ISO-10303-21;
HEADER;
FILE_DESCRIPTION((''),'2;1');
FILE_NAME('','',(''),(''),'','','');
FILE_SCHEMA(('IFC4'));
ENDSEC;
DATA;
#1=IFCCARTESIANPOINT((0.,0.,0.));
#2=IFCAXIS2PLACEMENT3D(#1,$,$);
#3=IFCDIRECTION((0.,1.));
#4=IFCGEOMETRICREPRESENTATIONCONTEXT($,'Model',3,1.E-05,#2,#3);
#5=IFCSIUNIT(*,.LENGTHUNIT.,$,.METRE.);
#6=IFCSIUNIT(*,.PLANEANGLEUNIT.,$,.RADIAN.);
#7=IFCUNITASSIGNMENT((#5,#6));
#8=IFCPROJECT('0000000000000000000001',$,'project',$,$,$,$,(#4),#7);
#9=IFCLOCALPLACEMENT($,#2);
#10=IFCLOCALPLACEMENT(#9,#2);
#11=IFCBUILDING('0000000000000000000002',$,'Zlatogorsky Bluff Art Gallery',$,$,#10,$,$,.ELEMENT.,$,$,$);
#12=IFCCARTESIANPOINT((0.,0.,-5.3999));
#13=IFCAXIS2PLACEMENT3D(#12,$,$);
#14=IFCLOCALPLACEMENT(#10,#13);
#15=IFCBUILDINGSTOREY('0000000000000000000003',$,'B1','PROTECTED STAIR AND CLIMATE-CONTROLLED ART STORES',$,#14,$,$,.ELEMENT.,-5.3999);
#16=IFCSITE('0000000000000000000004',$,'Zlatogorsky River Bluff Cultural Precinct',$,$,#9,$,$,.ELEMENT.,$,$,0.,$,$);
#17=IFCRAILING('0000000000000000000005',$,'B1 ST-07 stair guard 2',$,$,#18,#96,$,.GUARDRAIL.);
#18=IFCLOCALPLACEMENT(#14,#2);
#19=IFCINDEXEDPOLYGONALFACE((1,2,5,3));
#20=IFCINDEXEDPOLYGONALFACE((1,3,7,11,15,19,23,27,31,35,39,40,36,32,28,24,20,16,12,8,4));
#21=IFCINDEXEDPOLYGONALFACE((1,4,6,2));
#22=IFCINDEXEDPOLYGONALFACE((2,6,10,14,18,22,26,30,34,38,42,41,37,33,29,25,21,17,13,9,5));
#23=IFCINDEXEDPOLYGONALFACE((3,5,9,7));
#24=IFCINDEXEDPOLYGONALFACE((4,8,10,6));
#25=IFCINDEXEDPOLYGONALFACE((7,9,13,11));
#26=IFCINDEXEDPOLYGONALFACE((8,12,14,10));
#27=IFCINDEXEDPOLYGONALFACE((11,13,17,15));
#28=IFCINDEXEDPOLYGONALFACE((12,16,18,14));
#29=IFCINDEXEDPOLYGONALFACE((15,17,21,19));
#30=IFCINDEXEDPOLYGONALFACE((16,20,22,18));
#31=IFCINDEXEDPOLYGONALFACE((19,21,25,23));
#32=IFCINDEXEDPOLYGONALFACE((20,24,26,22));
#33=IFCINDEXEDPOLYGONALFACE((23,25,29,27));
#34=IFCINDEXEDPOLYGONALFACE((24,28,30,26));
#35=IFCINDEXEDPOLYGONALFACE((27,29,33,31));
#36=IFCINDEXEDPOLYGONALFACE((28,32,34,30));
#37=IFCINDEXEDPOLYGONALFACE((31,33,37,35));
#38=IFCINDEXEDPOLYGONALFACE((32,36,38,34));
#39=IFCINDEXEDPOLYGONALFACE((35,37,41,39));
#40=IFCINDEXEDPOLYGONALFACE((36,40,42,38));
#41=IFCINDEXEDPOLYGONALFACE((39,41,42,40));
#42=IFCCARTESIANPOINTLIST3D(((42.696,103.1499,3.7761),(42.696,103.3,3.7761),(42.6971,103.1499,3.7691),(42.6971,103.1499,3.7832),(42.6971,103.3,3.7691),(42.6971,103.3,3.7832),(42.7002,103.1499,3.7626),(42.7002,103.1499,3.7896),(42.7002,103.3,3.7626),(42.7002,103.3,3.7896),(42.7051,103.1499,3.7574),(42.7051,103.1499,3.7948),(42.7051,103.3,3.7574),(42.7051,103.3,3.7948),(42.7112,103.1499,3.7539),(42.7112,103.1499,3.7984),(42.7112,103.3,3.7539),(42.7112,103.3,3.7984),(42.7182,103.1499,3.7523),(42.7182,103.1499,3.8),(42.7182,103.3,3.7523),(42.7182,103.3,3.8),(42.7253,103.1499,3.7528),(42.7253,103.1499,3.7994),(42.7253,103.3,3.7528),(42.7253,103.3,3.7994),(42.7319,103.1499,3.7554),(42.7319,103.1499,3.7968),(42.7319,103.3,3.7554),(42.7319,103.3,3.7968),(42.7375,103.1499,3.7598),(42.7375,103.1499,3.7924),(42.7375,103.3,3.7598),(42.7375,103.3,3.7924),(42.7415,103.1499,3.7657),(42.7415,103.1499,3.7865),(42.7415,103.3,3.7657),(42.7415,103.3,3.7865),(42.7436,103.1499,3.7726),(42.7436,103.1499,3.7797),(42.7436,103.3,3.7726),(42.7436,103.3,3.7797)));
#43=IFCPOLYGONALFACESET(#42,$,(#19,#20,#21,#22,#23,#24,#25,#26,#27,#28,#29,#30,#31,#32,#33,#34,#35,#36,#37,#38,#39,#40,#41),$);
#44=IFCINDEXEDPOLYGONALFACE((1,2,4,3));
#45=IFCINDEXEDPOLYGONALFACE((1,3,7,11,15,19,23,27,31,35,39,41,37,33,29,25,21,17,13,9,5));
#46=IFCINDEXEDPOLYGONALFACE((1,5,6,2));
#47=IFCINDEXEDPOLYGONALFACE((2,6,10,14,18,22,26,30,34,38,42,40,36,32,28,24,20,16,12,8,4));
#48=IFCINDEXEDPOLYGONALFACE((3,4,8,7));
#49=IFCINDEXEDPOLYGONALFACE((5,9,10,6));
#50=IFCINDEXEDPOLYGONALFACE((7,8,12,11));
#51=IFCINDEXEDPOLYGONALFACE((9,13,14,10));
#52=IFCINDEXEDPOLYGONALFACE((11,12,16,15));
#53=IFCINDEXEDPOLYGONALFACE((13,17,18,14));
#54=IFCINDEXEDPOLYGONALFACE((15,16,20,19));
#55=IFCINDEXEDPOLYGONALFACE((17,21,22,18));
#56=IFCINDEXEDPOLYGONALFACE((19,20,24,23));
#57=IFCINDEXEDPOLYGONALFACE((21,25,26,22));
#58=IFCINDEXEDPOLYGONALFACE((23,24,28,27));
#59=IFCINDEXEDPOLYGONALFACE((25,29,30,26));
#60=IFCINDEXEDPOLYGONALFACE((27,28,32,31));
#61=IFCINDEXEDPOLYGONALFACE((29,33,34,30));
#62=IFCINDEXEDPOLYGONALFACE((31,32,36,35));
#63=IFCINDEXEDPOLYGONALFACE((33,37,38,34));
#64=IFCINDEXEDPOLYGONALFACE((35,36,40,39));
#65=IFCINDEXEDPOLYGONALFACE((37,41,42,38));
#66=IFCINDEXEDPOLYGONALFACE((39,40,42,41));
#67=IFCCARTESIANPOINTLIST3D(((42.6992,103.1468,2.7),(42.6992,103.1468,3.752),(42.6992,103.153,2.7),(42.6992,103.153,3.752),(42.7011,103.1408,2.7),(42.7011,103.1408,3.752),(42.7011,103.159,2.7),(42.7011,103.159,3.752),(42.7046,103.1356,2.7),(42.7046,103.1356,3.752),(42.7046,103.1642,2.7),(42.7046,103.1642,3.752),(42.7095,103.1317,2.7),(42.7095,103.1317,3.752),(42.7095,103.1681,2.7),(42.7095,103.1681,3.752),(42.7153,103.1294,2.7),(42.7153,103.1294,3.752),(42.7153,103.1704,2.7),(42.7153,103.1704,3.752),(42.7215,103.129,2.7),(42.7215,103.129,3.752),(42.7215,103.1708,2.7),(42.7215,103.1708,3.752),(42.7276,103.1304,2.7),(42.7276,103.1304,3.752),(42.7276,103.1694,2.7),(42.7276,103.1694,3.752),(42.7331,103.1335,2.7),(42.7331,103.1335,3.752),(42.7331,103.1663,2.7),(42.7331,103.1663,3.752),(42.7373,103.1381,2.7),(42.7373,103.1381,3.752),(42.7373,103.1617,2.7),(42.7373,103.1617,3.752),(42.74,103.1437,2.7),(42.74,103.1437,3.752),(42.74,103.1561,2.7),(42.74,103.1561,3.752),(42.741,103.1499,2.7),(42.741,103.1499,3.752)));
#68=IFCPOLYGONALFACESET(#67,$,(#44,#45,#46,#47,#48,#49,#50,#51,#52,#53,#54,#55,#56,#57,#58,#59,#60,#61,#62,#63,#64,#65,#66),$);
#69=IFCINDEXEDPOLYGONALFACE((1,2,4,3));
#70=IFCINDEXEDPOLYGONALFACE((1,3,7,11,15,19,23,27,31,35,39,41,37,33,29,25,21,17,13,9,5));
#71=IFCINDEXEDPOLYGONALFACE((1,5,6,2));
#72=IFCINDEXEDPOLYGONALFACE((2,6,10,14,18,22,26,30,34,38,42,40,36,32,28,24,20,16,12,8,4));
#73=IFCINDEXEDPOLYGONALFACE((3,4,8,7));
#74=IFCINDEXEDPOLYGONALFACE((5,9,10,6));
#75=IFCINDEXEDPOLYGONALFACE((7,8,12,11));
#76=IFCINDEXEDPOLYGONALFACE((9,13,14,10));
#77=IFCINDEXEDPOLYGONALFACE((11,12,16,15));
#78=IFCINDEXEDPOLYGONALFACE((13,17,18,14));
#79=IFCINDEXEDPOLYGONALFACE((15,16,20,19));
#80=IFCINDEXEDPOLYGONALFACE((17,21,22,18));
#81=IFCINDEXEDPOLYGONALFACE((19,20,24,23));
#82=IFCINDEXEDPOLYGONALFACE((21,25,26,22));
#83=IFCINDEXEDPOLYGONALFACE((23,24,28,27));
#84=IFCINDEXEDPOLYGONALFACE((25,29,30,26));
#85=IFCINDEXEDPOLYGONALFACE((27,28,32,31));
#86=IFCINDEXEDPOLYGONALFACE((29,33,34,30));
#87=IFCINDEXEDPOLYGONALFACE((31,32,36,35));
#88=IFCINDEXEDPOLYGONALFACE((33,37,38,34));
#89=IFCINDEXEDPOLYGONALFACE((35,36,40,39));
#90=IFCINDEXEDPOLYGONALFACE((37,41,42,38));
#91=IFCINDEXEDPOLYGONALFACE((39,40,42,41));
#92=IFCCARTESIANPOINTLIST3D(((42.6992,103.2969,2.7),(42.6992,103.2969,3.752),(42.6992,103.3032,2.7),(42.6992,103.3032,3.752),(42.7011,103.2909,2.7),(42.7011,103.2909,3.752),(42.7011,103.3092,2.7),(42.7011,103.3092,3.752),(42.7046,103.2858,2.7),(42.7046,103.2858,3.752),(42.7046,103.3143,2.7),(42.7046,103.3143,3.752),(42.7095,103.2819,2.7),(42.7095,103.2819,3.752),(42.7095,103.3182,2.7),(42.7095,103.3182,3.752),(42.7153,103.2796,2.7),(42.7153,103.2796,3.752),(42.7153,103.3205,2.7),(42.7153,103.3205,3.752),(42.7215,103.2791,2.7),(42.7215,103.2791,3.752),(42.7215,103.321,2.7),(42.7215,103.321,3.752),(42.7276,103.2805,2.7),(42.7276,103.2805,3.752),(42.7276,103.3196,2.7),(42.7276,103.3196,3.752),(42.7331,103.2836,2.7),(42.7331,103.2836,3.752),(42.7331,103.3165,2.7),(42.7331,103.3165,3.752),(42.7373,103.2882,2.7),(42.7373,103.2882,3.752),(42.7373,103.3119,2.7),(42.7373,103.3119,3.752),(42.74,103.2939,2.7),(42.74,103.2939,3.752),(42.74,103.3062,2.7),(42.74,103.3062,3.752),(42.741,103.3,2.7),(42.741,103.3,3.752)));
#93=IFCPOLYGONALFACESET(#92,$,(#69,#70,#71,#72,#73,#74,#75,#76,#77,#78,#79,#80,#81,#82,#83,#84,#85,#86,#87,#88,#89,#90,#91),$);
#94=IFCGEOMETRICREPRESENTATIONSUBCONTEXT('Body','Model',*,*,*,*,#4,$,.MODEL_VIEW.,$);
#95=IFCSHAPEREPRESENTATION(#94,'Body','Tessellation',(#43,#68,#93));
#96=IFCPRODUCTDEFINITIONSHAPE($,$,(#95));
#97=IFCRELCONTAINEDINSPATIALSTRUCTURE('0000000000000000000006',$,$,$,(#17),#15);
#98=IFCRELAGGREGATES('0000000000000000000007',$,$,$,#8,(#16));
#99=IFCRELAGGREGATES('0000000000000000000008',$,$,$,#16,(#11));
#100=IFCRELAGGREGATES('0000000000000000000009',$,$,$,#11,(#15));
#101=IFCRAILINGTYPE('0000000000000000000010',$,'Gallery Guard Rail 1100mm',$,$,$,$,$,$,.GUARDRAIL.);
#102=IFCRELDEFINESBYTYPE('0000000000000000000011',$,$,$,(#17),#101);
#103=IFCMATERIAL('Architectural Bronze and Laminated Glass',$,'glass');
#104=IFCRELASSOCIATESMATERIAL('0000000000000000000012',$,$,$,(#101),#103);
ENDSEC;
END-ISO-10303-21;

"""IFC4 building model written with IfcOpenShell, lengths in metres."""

from ifc_helpers import new_model, si_unit, direction, frame, origin, origin_2d, place, context, subcontext, project, spatial, circle, extrude, material, type_object, element, save


model = new_model("IFC4")

# Units and contexts
model_context = context("Model", 3, precision=1e-05, world=origin(), true_north=direction((0.0, 1.0)))
body_context = subcontext(model_context, "Body", "Model", "MODEL_VIEW")
ifc_project = project(units=[si_unit("LENGTHUNIT", "METRE"), si_unit("PLANEANGLEUNIT", "RADIAN")], contexts=[model_context])

# Site, building, storey
site_placement = place(None, origin())
site = spatial("IfcSite", under=ifc_project, at=site_placement, Name="Zlatogorsky River Bluff Cultural Precinct", CompositionType="ELEMENT", RefElevation=0.0)
building_placement = place(site_placement, origin())
building = spatial("IfcBuilding", under=site, at=building_placement, Name="Zlatogorsky Bluff Art Gallery", CompositionType="ELEMENT")
storey_placement = place(building_placement, frame((0.0, 0.0, -5.3999)))
storey = spatial("IfcBuildingStorey", under=building, at=storey_placement, Name="B1", Description="PROTECTED STAIR AND CLIMATE-CONTROLLED ART STORES", CompositionType="ELEMENT", Elevation=-5.3999)

# Railing
ifc_material_1 = material(Name="Architectural Bronze and Laminated Glass", Category="glass")
railing_type_1 = type_object("IfcRailingType", Name="Gallery Guard Rail 1100mm", PredefinedType="GUARDRAIL", material=ifc_material_1)
railing_1_placement = place(storey_placement, frame((42.72, 103.1499, 2.7)))
element("IfcRailing", 1, at=railing_1_placement, inside=storey, type_object=railing_type_1, Name="B1 ST-07 stair guard 2", PredefinedType="GUARDRAIL", context=body_context, shape_type="SweptSolid", body=[
    extrude(circle(Radius=0.0239, at=origin_2d()), frame((0.0, 0.0, 1.0762), z_axis=(0.0, 1.0, 0.0), x_axis=(-1.0, 0.0, 0.0)), (0.0, 0.0, 1.0), 0.1501),
    extrude(circle(Radius=0.021, at=origin_2d()), origin(), (0.0, 0.0, 1.0), 1.052),
    extrude(circle(Radius=0.021, at=origin_2d()), frame((0.0, 0.1501, 0.0)), (0.0, 0.0, 1.0), 1.052),
])

save(model, "model.ifc")
